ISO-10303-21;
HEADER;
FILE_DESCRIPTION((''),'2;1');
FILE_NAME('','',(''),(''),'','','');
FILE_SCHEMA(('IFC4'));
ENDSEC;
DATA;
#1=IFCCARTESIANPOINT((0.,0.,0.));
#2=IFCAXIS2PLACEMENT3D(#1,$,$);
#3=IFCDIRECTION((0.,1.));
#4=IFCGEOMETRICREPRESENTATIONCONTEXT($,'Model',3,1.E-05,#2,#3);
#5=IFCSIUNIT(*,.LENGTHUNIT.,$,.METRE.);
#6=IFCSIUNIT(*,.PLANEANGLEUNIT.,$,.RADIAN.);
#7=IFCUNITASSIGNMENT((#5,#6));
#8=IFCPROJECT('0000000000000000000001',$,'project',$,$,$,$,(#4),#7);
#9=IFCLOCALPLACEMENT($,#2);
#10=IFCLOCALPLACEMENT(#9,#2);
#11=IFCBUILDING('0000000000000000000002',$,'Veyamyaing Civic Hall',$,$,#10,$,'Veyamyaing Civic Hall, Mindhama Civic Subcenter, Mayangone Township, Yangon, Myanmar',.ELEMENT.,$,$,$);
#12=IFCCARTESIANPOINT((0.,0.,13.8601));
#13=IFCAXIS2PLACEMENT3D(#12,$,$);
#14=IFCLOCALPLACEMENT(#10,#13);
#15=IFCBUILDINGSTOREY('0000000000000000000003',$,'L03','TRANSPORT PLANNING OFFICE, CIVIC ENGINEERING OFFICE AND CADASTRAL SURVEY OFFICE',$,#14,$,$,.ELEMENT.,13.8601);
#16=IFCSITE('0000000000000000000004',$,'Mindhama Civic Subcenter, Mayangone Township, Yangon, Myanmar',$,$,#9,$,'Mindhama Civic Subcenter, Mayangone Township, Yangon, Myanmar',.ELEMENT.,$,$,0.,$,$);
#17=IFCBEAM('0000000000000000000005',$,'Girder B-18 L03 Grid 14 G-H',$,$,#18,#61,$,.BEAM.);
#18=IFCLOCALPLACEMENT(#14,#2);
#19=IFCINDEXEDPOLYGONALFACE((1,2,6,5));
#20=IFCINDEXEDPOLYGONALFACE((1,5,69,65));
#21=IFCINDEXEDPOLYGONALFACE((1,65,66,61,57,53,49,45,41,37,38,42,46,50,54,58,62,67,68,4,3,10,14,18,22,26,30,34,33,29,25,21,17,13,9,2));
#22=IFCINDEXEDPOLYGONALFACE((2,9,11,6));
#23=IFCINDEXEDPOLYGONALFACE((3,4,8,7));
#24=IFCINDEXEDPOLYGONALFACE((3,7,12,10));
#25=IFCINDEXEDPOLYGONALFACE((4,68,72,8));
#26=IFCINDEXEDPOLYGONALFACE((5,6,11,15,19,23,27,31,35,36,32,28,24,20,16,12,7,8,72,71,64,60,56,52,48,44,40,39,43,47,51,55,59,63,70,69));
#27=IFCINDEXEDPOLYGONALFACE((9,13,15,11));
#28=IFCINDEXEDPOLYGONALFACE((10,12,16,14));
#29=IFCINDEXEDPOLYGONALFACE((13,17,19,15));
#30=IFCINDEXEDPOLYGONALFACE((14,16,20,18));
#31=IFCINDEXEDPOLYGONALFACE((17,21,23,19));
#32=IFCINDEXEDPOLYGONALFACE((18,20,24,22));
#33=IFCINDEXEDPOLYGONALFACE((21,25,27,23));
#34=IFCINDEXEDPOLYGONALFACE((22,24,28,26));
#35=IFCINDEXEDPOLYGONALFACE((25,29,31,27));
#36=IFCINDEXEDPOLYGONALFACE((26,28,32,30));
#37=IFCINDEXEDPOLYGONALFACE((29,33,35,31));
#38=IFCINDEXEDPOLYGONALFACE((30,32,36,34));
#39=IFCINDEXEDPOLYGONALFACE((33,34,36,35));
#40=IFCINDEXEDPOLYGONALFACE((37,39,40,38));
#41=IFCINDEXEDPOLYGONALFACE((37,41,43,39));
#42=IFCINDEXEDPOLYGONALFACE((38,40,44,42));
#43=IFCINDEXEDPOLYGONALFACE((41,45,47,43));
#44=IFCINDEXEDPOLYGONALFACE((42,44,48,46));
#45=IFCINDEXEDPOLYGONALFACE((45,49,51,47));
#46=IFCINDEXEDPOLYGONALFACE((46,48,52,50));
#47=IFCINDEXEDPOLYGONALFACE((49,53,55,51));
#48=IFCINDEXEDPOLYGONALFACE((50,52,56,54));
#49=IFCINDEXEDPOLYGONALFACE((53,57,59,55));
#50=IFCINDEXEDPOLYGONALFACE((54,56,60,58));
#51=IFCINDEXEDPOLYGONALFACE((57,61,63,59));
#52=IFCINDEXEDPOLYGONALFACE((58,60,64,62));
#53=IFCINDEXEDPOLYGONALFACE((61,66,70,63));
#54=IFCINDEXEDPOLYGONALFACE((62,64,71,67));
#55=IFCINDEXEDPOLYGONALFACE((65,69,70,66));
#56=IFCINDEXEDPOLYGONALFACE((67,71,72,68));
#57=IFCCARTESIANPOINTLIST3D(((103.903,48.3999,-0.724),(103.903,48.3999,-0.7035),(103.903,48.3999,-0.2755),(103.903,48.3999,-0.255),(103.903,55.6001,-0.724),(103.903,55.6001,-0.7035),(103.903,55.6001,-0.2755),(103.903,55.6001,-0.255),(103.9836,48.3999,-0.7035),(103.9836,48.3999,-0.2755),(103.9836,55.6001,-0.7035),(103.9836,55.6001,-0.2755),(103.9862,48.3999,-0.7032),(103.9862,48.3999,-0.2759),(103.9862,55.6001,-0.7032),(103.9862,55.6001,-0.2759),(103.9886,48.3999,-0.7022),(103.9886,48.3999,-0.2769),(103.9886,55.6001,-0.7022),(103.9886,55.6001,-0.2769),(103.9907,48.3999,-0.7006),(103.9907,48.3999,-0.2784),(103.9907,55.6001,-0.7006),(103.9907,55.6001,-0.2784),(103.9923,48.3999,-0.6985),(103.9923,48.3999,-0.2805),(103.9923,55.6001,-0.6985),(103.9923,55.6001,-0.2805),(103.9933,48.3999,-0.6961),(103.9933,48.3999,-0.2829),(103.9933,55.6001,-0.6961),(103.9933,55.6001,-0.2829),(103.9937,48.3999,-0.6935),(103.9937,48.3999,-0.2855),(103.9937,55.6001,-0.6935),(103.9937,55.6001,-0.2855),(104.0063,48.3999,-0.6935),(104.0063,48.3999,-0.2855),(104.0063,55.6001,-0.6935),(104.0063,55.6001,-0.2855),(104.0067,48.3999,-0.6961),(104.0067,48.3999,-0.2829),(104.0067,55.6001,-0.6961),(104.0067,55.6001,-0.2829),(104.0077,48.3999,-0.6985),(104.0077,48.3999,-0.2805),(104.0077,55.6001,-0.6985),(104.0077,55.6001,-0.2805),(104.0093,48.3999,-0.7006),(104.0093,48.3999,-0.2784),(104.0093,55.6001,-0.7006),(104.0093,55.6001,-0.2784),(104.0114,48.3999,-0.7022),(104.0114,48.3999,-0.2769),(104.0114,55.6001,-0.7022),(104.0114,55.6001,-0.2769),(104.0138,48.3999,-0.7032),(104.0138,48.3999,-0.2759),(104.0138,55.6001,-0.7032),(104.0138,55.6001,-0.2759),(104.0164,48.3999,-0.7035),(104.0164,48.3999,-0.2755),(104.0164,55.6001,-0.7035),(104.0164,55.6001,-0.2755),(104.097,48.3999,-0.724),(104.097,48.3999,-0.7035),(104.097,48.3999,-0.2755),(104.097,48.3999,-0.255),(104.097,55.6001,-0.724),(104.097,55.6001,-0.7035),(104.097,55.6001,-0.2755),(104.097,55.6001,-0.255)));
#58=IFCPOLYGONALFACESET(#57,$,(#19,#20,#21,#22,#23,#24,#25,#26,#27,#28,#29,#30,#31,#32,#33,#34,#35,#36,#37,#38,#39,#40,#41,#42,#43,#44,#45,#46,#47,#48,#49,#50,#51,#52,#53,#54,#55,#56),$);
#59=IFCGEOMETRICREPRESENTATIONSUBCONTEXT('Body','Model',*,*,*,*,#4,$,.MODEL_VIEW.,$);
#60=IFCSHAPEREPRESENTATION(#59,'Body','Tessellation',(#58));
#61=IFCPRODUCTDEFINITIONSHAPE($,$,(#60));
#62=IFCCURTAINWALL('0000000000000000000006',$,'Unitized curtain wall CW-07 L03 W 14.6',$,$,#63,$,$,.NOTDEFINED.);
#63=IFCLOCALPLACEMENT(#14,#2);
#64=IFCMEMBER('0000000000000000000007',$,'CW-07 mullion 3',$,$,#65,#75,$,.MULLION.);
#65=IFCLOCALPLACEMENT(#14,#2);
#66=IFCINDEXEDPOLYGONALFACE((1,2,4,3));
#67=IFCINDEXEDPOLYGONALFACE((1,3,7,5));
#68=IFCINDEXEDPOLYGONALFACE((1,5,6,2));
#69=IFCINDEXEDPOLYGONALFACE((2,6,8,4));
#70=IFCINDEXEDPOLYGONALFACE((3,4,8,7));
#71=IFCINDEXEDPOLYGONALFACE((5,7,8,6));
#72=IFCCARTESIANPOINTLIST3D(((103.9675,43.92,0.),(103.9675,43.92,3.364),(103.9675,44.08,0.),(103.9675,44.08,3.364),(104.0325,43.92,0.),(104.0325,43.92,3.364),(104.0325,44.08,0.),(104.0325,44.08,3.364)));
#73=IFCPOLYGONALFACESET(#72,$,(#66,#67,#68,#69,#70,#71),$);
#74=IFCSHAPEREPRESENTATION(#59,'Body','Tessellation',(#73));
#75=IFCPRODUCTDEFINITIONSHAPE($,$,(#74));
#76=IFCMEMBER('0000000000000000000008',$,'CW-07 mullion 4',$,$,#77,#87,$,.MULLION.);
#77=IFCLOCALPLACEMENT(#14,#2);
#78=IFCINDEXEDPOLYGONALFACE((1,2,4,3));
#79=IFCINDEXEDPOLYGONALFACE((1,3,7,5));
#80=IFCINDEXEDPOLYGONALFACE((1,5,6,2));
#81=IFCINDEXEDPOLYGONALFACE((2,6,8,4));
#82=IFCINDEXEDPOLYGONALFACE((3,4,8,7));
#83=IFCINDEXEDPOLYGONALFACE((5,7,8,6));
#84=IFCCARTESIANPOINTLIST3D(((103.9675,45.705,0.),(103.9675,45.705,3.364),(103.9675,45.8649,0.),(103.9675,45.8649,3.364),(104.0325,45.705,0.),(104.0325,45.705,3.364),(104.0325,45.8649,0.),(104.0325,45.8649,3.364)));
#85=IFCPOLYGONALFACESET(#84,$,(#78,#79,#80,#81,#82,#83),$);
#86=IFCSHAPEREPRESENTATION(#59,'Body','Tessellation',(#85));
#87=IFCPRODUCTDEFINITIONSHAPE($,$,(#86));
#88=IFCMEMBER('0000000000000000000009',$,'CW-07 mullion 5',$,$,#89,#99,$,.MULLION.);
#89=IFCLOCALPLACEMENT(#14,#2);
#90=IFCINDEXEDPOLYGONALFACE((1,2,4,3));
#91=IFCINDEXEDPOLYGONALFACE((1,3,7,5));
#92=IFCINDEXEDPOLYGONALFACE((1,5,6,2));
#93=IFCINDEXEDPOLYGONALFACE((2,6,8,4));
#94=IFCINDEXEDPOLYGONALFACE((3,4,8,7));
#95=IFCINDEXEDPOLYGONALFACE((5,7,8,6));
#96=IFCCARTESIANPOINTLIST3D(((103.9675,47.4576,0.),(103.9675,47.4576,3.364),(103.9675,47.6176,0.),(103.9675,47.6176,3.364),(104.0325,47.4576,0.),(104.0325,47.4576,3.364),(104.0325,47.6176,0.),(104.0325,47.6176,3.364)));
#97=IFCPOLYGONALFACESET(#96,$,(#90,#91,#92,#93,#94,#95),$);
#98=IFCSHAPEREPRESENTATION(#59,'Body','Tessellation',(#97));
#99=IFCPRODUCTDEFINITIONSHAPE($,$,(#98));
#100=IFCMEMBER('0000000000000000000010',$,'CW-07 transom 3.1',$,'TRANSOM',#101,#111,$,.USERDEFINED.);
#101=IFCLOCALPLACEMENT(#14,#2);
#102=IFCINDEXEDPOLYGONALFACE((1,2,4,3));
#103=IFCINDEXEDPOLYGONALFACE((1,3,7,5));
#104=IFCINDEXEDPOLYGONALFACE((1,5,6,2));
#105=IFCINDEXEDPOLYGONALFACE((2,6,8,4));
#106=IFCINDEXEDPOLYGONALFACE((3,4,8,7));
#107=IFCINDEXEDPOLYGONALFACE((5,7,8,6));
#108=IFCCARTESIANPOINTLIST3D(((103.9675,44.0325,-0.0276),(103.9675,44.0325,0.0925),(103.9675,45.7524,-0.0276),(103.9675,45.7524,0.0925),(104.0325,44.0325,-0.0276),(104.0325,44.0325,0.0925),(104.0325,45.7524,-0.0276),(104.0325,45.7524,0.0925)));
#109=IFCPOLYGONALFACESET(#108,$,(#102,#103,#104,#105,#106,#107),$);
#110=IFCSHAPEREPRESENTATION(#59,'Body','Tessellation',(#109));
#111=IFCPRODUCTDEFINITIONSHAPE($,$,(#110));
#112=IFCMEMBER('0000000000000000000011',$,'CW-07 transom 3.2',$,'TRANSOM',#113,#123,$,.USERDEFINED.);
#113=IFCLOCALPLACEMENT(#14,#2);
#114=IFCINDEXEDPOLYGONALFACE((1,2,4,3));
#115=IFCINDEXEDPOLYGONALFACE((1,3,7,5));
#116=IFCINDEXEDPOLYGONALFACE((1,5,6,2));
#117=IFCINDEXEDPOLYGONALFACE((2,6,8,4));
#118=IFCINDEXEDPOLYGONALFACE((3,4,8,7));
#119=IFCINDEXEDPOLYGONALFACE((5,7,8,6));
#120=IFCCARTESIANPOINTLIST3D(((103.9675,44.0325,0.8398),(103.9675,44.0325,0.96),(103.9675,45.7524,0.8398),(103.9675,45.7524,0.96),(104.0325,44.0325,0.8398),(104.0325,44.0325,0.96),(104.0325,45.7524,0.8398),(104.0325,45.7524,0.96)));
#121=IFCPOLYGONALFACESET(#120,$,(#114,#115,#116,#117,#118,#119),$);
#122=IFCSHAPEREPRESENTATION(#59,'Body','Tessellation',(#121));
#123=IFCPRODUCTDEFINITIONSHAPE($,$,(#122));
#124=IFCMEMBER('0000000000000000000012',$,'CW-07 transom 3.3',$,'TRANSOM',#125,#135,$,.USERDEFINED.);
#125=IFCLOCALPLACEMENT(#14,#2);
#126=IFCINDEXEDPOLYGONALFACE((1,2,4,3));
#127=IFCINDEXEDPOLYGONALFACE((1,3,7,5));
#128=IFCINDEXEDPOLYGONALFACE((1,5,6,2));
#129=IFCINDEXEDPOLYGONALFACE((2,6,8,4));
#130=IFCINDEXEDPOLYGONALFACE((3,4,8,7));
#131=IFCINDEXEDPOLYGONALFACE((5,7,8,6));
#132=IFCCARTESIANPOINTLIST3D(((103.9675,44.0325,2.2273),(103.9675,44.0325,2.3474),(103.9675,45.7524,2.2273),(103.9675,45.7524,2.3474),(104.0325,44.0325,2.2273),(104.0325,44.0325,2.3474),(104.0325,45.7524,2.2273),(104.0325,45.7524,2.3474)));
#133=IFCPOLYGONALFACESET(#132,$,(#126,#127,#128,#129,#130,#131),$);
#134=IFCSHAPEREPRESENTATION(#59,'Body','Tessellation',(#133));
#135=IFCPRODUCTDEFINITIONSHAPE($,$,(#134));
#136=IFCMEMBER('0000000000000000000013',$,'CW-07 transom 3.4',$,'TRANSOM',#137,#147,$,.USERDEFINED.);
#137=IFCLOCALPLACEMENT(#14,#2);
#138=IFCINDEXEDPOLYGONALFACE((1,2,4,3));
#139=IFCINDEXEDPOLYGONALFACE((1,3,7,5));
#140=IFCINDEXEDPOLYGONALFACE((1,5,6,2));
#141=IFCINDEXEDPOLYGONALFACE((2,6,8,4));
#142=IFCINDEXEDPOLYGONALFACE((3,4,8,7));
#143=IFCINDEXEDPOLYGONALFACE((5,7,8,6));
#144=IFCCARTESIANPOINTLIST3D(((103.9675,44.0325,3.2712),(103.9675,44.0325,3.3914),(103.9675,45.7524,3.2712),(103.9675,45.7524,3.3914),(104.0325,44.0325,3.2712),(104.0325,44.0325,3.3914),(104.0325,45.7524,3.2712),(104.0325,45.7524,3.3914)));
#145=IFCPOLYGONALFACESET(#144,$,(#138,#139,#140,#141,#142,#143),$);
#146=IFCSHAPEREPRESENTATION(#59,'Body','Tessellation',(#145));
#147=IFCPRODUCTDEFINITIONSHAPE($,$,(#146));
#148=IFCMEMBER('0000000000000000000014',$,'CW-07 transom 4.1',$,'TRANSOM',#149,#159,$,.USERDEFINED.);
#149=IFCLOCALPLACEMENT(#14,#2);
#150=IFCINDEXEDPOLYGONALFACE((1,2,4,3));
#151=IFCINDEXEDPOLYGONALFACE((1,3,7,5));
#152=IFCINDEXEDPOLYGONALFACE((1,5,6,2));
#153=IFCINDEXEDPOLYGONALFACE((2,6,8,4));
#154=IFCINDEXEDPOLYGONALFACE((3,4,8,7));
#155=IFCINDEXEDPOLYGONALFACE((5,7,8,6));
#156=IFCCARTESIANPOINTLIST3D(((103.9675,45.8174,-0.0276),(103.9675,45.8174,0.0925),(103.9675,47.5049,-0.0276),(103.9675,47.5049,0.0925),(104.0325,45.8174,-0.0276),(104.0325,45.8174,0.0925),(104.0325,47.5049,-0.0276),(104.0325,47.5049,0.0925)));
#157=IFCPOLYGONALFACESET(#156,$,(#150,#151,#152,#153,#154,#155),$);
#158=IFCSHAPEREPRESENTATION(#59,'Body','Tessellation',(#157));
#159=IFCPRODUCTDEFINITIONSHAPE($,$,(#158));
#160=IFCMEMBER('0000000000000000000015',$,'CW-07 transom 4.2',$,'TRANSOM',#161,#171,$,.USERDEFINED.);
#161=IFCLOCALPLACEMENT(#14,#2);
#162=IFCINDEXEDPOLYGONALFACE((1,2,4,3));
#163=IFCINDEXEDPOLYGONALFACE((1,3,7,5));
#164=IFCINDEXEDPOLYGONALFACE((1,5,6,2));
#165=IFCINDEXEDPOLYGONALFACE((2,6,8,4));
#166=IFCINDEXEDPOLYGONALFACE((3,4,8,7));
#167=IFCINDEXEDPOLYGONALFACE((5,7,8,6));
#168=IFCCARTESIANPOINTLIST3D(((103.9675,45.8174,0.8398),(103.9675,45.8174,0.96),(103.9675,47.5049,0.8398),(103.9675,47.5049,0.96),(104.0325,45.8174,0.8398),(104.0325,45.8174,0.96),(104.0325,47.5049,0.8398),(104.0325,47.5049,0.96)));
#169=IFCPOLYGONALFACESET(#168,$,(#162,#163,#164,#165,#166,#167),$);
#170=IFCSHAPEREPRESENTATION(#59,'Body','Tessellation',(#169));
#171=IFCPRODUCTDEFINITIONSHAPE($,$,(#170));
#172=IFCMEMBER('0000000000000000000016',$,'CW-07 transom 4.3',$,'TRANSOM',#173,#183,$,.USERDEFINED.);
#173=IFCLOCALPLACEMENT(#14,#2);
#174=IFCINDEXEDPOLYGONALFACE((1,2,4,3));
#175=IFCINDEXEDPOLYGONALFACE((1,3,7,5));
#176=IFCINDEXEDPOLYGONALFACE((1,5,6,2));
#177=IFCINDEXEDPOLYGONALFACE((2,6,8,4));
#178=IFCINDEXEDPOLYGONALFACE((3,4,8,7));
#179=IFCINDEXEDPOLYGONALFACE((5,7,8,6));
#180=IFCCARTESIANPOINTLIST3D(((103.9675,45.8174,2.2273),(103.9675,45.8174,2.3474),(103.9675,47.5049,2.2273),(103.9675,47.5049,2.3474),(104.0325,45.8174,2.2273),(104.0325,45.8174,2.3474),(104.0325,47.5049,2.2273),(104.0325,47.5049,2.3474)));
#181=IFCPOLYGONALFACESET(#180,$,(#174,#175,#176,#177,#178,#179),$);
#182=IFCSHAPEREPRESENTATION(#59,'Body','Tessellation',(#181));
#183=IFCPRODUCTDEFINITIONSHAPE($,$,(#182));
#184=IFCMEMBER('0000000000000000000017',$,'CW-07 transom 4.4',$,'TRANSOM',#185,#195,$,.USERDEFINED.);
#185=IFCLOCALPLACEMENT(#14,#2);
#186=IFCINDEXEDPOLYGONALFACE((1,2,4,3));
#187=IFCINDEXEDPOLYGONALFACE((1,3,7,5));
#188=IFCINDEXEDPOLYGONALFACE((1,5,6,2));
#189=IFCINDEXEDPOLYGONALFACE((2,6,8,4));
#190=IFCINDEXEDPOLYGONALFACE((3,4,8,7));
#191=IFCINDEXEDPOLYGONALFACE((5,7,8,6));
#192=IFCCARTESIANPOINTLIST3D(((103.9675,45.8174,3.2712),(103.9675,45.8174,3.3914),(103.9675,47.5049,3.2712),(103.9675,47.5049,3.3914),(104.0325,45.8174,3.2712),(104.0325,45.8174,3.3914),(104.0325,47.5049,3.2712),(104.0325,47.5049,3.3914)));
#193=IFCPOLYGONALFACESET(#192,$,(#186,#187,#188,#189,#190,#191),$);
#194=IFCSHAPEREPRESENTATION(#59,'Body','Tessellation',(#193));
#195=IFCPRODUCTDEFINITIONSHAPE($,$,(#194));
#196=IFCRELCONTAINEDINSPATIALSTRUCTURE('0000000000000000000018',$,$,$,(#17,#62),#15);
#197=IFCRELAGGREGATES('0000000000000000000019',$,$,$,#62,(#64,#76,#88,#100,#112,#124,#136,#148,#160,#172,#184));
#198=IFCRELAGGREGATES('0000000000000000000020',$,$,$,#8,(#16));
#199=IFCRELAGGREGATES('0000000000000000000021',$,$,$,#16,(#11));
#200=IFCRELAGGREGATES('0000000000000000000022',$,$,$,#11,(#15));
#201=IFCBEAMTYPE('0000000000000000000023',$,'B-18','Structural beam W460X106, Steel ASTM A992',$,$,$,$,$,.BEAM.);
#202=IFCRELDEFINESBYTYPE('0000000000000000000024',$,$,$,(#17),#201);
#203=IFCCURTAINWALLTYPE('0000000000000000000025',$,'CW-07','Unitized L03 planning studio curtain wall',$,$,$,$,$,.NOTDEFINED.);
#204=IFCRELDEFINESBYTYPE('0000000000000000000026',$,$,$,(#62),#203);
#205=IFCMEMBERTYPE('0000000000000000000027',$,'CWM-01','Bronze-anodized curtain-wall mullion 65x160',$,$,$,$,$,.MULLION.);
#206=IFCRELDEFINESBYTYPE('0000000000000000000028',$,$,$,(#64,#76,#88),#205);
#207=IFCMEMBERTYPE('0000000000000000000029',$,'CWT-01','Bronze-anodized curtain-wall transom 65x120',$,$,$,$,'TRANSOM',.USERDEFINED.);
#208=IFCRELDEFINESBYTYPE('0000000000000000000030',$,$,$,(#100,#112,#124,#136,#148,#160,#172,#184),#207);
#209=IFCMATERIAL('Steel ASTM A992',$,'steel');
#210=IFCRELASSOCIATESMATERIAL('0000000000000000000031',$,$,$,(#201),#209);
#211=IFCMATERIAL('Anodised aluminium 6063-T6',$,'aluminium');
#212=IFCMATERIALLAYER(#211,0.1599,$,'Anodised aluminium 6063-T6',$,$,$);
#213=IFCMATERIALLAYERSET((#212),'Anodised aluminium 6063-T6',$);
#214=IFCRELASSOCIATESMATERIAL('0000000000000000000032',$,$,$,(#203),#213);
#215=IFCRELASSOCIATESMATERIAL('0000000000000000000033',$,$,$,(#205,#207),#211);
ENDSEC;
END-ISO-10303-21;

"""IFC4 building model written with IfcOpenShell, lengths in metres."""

from ifc_helpers import new_model, si_unit, direction, frame, origin, origin_2d, place, context, subcontext, project, spatial, rectangle, i_section, extrude, material, layer, layer_set, material_profile, profile_set, type_object, element, aggregate, save


model = new_model("IFC4")

# Units and contexts
model_context = context("Model", 3, precision=1e-05, world=origin(), true_north=direction((0.0, 1.0)))
body_context = subcontext(model_context, "Body", "Model", "MODEL_VIEW")
ifc_project = project(units=[si_unit("LENGTHUNIT", "METRE"), si_unit("PLANEANGLEUNIT", "RADIAN")], contexts=[model_context])

# Site, building, storey
site_placement = place(None, origin())
site = spatial("IfcSite", under=ifc_project, at=site_placement, Name="Mindhama Civic Subcenter, Mayangone Township, Yangon, Myanmar", LongName="Mindhama Civic Subcenter, Mayangone Township, Yangon, Myanmar", CompositionType="ELEMENT", RefElevation=0.0)
building_placement = place(site_placement, origin())
building = spatial("IfcBuilding", under=site, at=building_placement, Name="Veyamyaing Civic Hall", LongName="Veyamyaing Civic Hall, Mindhama Civic Subcenter, Mayangone Township, Yangon, Myanmar", CompositionType="ELEMENT")
storey_placement = place(building_placement, frame((0.0, 0.0, 13.8601)))
storey = spatial("IfcBuildingStorey", under=building, at=storey_placement, Name="L03", Description="TRANSPORT PLANNING OFFICE, CIVIC ENGINEERING OFFICE AND CADASTRAL SURVEY OFFICE", CompositionType="ELEMENT", Elevation=13.8601)

# Beam
ifc_material_1 = material(Name="Steel ASTM A992", Category="steel")
ifc_material_profile_1 = material_profile(ifc_material_1, i_section(OverallWidth=0.1941, OverallDepth=0.469, WebThickness=0.0127, FlangeThickness=0.0205, FilletRadius=0.01, at=origin_2d()), Name="W460X106")
ifc_profile_set_1 = profile_set([ifc_material_profile_1], Name="Steel ASTM A992")
beam_type_1 = type_object("IfcBeamType", Name="B-18", Description="Structural beam W460X106, Steel ASTM A992", PredefinedType="BEAM", material=ifc_profile_set_1)
beam_1_placement = place(storey_placement, frame((104.0, 48.3999, -0.4895), z_axis=(0.0, 1.0, 0.0), x_axis=(-1.0, 0.0, 0.0)))
element("IfcBeam", 1, at=beam_1_placement, inside=storey, type_object=beam_type_1, Name="Girder B-18 L03 Grid 14 G-H", PredefinedType="BEAM", context=body_context, shape_type="SweptSolid", body=[
    extrude(i_section(OverallWidth=0.1941, OverallDepth=0.469, WebThickness=0.0127, FlangeThickness=0.0205, FilletRadius=0.01, at=origin_2d()), origin(), (0.0, 0.0, 1.0), 7.2002),
])

# Curtain wall, members
ifc_material_2 = material(Name="Anodised aluminium 6063-T6", Category="aluminium")
ifc_layer_1 = layer(ifc_material_2, 0.1599, Name="Anodised aluminium 6063-T6")
ifc_layer_set_1 = layer_set([ifc_layer_1], Name="Anodised aluminium 6063-T6")
curtain_wall_type = type_object("IfcCurtainWallType", Name="CW-07", Description="Unitized L03 planning studio curtain wall", PredefinedType="NOTDEFINED", material=ifc_layer_set_1)
curtain_wall_placement = place(storey_placement, origin())
curtain_wall = element("IfcCurtainWall", 2, at=curtain_wall_placement, inside=storey, type_object=curtain_wall_type, Name="Unitized curtain wall CW-07 L03 W 14.6", PredefinedType="NOTDEFINED")
ifc_material_profile_2 = material_profile(ifc_material_2, rectangle(XDim=0.0649, YDim=0.1599, at=origin_2d()), Name="ALU-MUL-65X160")
ifc_profile_set_2 = profile_set([ifc_material_profile_2], Name="Anodised aluminium 6063-T6")
member_type_1 = type_object("IfcMemberType", Name="CWM-01", Description="Bronze-anodized curtain-wall mullion 65x160", PredefinedType="MULLION", material=ifc_profile_set_2)
member_1_placement = place(storey_placement, frame((104.0, 44.0, 0.0), z_axis=(0.0, 0.0, 1.0), x_axis=(-1.0, 0.0, 0.0)))
member_1 = element("IfcMember", 3, at=member_1_placement, type_object=member_type_1, Name="CW-07 mullion 3", PredefinedType="MULLION", context=body_context, shape_type="SweptSolid", body=[
    extrude(rectangle(XDim=0.0649, YDim=0.1599, at=origin_2d()), origin(), (0.0, 0.0, 1.0), 3.364),
])
member_2_placement = place(storey_placement, frame((104.0, 45.7849, 0.0), z_axis=(0.0, 0.0, 1.0), x_axis=(-1.0, 0.0, 0.0)))
member_2 = element("IfcMember", 4, at=member_2_placement, type_object=member_type_1, Name="CW-07 mullion 4", PredefinedType="MULLION", context=body_context, shape_type="SweptSolid", body=[
    extrude(rectangle(XDim=0.0649, YDim=0.1599, at=origin_2d()), origin(), (0.0, 0.0, 1.0), 3.364),
])
member_3_placement = place(storey_placement, frame((104.0, 47.5376, 0.0), z_axis=(0.0, 0.0, 1.0), x_axis=(-1.0, 0.0, 0.0)))
member_3 = element("IfcMember", 5, at=member_3_placement, type_object=member_type_1, Name="CW-07 mullion 5", PredefinedType="MULLION", context=body_context, shape_type="SweptSolid", body=[
    extrude(rectangle(XDim=0.0649, YDim=0.1599, at=origin_2d()), origin(), (0.0, 0.0, 1.0), 3.364),
])
ifc_material_profile_3 = material_profile(ifc_material_2, rectangle(XDim=0.0649, YDim=0.1201, at=origin_2d()), Name="ALU-TRN-65X120")
ifc_profile_set_3 = profile_set([ifc_material_profile_3], Name="Anodised aluminium 6063-T6")
member_type_2 = type_object("IfcMemberType", Name="CWT-01", Description="Bronze-anodized curtain-wall transom 65x120", ElementType="TRANSOM", PredefinedType="USERDEFINED", material=ifc_profile_set_3)
member_4_placement = place(storey_placement, frame((104.0, 44.0325, 0.0325), z_axis=(0.0, 1.0, 0.0), x_axis=(-1.0, 0.0, 0.0)))
member_4 = element("IfcMember", 6, at=member_4_placement, type_object=member_type_2, Name="CW-07 transom 3.1", ObjectType="TRANSOM", PredefinedType="USERDEFINED", context=body_context, shape_type="SweptSolid", body=[
    extrude(rectangle(XDim=0.0649, YDim=0.1201, at=origin_2d()), origin(), (0.0, 0.0, 1.0), 1.72),
])
member_5_placement = place(storey_placement, frame((104.0, 44.0325, 0.8999), z_axis=(0.0, 1.0, 0.0), x_axis=(-1.0, 0.0, 0.0)))
member_5 = element("IfcMember", 7, at=member_5_placement, type_object=member_type_2, Name="CW-07 transom 3.2", ObjectType="TRANSOM", PredefinedType="USERDEFINED", context=body_context, shape_type="SweptSolid", body=[
    extrude(rectangle(XDim=0.0649, YDim=0.1201, at=origin_2d()), origin(), (0.0, 0.0, 1.0), 1.72),
])
member_6_placement = place(storey_placement, frame((104.0, 44.0325, 2.2874), z_axis=(0.0, 1.0, 0.0), x_axis=(-1.0, 0.0, 0.0)))
member_6 = element("IfcMember", 8, at=member_6_placement, type_object=member_type_2, Name="CW-07 transom 3.3", ObjectType="TRANSOM", PredefinedType="USERDEFINED", context=body_context, shape_type="SweptSolid", body=[
    extrude(rectangle(XDim=0.0649, YDim=0.1201, at=origin_2d()), origin(), (0.0, 0.0, 1.0), 1.72),
])
member_7_placement = place(storey_placement, frame((104.0, 44.0325, 3.3313), z_axis=(0.0, 1.0, 0.0), x_axis=(-1.0, 0.0, 0.0)))
member_7 = element("IfcMember", 9, at=member_7_placement, type_object=member_type_2, Name="CW-07 transom 3.4", ObjectType="TRANSOM", PredefinedType="USERDEFINED", context=body_context, shape_type="SweptSolid", body=[
    extrude(rectangle(XDim=0.0649, YDim=0.1201, at=origin_2d()), origin(), (0.0, 0.0, 1.0), 1.72),
])
member_8_placement = place(storey_placement, frame((104.0, 45.8174, 0.0325), z_axis=(0.0, 1.0, 0.0), x_axis=(-1.0, 0.0, 0.0)))
member_8 = element("IfcMember", 10, at=member_8_placement, type_object=member_type_2, Name="CW-07 transom 4.1", ObjectType="TRANSOM", PredefinedType="USERDEFINED", context=body_context, shape_type="SweptSolid", body=[
    extrude(rectangle(XDim=0.0649, YDim=0.1201, at=origin_2d()), origin(), (0.0, 0.0, 1.0), 1.6875),
])
member_9_placement = place(storey_placement, frame((104.0, 45.8174, 0.8999), z_axis=(0.0, 1.0, 0.0), x_axis=(-1.0, 0.0, 0.0)))
member_9 = element("IfcMember", 11, at=member_9_placement, type_object=member_type_2, Name="CW-07 transom 4.2", ObjectType="TRANSOM", PredefinedType="USERDEFINED", context=body_context, shape_type="SweptSolid", body=[
    extrude(rectangle(XDim=0.0649, YDim=0.1201, at=origin_2d()), origin(), (0.0, 0.0, 1.0), 1.6875),
])
member_10_placement = place(storey_placement, frame((104.0, 45.8174, 2.2874), z_axis=(0.0, 1.0, 0.0), x_axis=(-1.0, 0.0, 0.0)))
member_10 = element("IfcMember", 12, at=member_10_placement, type_object=member_type_2, Name="CW-07 transom 4.3", ObjectType="TRANSOM", PredefinedType="USERDEFINED", context=body_context, shape_type="SweptSolid", body=[
    extrude(rectangle(XDim=0.0649, YDim=0.1201, at=origin_2d()), origin(), (0.0, 0.0, 1.0), 1.6875),
])
member_11_placement = place(storey_placement, frame((104.0, 45.8174, 3.3313), z_axis=(0.0, 1.0, 0.0), x_axis=(-1.0, 0.0, 0.0)))
member_11 = element("IfcMember", 13, at=member_11_placement, type_object=member_type_2, Name="CW-07 transom 4.4", ObjectType="TRANSOM", PredefinedType="USERDEFINED", context=body_context, shape_type="SweptSolid", body=[
    extrude(rectangle(XDim=0.0649, YDim=0.1201, at=origin_2d()), origin(), (0.0, 0.0, 1.0), 1.6875),
])

aggregate(curtain_wall, [member_1, member_2, member_3, member_4, member_5, member_6, member_7, member_8, member_9, member_10, member_11])

save(model, "model.ifc")
